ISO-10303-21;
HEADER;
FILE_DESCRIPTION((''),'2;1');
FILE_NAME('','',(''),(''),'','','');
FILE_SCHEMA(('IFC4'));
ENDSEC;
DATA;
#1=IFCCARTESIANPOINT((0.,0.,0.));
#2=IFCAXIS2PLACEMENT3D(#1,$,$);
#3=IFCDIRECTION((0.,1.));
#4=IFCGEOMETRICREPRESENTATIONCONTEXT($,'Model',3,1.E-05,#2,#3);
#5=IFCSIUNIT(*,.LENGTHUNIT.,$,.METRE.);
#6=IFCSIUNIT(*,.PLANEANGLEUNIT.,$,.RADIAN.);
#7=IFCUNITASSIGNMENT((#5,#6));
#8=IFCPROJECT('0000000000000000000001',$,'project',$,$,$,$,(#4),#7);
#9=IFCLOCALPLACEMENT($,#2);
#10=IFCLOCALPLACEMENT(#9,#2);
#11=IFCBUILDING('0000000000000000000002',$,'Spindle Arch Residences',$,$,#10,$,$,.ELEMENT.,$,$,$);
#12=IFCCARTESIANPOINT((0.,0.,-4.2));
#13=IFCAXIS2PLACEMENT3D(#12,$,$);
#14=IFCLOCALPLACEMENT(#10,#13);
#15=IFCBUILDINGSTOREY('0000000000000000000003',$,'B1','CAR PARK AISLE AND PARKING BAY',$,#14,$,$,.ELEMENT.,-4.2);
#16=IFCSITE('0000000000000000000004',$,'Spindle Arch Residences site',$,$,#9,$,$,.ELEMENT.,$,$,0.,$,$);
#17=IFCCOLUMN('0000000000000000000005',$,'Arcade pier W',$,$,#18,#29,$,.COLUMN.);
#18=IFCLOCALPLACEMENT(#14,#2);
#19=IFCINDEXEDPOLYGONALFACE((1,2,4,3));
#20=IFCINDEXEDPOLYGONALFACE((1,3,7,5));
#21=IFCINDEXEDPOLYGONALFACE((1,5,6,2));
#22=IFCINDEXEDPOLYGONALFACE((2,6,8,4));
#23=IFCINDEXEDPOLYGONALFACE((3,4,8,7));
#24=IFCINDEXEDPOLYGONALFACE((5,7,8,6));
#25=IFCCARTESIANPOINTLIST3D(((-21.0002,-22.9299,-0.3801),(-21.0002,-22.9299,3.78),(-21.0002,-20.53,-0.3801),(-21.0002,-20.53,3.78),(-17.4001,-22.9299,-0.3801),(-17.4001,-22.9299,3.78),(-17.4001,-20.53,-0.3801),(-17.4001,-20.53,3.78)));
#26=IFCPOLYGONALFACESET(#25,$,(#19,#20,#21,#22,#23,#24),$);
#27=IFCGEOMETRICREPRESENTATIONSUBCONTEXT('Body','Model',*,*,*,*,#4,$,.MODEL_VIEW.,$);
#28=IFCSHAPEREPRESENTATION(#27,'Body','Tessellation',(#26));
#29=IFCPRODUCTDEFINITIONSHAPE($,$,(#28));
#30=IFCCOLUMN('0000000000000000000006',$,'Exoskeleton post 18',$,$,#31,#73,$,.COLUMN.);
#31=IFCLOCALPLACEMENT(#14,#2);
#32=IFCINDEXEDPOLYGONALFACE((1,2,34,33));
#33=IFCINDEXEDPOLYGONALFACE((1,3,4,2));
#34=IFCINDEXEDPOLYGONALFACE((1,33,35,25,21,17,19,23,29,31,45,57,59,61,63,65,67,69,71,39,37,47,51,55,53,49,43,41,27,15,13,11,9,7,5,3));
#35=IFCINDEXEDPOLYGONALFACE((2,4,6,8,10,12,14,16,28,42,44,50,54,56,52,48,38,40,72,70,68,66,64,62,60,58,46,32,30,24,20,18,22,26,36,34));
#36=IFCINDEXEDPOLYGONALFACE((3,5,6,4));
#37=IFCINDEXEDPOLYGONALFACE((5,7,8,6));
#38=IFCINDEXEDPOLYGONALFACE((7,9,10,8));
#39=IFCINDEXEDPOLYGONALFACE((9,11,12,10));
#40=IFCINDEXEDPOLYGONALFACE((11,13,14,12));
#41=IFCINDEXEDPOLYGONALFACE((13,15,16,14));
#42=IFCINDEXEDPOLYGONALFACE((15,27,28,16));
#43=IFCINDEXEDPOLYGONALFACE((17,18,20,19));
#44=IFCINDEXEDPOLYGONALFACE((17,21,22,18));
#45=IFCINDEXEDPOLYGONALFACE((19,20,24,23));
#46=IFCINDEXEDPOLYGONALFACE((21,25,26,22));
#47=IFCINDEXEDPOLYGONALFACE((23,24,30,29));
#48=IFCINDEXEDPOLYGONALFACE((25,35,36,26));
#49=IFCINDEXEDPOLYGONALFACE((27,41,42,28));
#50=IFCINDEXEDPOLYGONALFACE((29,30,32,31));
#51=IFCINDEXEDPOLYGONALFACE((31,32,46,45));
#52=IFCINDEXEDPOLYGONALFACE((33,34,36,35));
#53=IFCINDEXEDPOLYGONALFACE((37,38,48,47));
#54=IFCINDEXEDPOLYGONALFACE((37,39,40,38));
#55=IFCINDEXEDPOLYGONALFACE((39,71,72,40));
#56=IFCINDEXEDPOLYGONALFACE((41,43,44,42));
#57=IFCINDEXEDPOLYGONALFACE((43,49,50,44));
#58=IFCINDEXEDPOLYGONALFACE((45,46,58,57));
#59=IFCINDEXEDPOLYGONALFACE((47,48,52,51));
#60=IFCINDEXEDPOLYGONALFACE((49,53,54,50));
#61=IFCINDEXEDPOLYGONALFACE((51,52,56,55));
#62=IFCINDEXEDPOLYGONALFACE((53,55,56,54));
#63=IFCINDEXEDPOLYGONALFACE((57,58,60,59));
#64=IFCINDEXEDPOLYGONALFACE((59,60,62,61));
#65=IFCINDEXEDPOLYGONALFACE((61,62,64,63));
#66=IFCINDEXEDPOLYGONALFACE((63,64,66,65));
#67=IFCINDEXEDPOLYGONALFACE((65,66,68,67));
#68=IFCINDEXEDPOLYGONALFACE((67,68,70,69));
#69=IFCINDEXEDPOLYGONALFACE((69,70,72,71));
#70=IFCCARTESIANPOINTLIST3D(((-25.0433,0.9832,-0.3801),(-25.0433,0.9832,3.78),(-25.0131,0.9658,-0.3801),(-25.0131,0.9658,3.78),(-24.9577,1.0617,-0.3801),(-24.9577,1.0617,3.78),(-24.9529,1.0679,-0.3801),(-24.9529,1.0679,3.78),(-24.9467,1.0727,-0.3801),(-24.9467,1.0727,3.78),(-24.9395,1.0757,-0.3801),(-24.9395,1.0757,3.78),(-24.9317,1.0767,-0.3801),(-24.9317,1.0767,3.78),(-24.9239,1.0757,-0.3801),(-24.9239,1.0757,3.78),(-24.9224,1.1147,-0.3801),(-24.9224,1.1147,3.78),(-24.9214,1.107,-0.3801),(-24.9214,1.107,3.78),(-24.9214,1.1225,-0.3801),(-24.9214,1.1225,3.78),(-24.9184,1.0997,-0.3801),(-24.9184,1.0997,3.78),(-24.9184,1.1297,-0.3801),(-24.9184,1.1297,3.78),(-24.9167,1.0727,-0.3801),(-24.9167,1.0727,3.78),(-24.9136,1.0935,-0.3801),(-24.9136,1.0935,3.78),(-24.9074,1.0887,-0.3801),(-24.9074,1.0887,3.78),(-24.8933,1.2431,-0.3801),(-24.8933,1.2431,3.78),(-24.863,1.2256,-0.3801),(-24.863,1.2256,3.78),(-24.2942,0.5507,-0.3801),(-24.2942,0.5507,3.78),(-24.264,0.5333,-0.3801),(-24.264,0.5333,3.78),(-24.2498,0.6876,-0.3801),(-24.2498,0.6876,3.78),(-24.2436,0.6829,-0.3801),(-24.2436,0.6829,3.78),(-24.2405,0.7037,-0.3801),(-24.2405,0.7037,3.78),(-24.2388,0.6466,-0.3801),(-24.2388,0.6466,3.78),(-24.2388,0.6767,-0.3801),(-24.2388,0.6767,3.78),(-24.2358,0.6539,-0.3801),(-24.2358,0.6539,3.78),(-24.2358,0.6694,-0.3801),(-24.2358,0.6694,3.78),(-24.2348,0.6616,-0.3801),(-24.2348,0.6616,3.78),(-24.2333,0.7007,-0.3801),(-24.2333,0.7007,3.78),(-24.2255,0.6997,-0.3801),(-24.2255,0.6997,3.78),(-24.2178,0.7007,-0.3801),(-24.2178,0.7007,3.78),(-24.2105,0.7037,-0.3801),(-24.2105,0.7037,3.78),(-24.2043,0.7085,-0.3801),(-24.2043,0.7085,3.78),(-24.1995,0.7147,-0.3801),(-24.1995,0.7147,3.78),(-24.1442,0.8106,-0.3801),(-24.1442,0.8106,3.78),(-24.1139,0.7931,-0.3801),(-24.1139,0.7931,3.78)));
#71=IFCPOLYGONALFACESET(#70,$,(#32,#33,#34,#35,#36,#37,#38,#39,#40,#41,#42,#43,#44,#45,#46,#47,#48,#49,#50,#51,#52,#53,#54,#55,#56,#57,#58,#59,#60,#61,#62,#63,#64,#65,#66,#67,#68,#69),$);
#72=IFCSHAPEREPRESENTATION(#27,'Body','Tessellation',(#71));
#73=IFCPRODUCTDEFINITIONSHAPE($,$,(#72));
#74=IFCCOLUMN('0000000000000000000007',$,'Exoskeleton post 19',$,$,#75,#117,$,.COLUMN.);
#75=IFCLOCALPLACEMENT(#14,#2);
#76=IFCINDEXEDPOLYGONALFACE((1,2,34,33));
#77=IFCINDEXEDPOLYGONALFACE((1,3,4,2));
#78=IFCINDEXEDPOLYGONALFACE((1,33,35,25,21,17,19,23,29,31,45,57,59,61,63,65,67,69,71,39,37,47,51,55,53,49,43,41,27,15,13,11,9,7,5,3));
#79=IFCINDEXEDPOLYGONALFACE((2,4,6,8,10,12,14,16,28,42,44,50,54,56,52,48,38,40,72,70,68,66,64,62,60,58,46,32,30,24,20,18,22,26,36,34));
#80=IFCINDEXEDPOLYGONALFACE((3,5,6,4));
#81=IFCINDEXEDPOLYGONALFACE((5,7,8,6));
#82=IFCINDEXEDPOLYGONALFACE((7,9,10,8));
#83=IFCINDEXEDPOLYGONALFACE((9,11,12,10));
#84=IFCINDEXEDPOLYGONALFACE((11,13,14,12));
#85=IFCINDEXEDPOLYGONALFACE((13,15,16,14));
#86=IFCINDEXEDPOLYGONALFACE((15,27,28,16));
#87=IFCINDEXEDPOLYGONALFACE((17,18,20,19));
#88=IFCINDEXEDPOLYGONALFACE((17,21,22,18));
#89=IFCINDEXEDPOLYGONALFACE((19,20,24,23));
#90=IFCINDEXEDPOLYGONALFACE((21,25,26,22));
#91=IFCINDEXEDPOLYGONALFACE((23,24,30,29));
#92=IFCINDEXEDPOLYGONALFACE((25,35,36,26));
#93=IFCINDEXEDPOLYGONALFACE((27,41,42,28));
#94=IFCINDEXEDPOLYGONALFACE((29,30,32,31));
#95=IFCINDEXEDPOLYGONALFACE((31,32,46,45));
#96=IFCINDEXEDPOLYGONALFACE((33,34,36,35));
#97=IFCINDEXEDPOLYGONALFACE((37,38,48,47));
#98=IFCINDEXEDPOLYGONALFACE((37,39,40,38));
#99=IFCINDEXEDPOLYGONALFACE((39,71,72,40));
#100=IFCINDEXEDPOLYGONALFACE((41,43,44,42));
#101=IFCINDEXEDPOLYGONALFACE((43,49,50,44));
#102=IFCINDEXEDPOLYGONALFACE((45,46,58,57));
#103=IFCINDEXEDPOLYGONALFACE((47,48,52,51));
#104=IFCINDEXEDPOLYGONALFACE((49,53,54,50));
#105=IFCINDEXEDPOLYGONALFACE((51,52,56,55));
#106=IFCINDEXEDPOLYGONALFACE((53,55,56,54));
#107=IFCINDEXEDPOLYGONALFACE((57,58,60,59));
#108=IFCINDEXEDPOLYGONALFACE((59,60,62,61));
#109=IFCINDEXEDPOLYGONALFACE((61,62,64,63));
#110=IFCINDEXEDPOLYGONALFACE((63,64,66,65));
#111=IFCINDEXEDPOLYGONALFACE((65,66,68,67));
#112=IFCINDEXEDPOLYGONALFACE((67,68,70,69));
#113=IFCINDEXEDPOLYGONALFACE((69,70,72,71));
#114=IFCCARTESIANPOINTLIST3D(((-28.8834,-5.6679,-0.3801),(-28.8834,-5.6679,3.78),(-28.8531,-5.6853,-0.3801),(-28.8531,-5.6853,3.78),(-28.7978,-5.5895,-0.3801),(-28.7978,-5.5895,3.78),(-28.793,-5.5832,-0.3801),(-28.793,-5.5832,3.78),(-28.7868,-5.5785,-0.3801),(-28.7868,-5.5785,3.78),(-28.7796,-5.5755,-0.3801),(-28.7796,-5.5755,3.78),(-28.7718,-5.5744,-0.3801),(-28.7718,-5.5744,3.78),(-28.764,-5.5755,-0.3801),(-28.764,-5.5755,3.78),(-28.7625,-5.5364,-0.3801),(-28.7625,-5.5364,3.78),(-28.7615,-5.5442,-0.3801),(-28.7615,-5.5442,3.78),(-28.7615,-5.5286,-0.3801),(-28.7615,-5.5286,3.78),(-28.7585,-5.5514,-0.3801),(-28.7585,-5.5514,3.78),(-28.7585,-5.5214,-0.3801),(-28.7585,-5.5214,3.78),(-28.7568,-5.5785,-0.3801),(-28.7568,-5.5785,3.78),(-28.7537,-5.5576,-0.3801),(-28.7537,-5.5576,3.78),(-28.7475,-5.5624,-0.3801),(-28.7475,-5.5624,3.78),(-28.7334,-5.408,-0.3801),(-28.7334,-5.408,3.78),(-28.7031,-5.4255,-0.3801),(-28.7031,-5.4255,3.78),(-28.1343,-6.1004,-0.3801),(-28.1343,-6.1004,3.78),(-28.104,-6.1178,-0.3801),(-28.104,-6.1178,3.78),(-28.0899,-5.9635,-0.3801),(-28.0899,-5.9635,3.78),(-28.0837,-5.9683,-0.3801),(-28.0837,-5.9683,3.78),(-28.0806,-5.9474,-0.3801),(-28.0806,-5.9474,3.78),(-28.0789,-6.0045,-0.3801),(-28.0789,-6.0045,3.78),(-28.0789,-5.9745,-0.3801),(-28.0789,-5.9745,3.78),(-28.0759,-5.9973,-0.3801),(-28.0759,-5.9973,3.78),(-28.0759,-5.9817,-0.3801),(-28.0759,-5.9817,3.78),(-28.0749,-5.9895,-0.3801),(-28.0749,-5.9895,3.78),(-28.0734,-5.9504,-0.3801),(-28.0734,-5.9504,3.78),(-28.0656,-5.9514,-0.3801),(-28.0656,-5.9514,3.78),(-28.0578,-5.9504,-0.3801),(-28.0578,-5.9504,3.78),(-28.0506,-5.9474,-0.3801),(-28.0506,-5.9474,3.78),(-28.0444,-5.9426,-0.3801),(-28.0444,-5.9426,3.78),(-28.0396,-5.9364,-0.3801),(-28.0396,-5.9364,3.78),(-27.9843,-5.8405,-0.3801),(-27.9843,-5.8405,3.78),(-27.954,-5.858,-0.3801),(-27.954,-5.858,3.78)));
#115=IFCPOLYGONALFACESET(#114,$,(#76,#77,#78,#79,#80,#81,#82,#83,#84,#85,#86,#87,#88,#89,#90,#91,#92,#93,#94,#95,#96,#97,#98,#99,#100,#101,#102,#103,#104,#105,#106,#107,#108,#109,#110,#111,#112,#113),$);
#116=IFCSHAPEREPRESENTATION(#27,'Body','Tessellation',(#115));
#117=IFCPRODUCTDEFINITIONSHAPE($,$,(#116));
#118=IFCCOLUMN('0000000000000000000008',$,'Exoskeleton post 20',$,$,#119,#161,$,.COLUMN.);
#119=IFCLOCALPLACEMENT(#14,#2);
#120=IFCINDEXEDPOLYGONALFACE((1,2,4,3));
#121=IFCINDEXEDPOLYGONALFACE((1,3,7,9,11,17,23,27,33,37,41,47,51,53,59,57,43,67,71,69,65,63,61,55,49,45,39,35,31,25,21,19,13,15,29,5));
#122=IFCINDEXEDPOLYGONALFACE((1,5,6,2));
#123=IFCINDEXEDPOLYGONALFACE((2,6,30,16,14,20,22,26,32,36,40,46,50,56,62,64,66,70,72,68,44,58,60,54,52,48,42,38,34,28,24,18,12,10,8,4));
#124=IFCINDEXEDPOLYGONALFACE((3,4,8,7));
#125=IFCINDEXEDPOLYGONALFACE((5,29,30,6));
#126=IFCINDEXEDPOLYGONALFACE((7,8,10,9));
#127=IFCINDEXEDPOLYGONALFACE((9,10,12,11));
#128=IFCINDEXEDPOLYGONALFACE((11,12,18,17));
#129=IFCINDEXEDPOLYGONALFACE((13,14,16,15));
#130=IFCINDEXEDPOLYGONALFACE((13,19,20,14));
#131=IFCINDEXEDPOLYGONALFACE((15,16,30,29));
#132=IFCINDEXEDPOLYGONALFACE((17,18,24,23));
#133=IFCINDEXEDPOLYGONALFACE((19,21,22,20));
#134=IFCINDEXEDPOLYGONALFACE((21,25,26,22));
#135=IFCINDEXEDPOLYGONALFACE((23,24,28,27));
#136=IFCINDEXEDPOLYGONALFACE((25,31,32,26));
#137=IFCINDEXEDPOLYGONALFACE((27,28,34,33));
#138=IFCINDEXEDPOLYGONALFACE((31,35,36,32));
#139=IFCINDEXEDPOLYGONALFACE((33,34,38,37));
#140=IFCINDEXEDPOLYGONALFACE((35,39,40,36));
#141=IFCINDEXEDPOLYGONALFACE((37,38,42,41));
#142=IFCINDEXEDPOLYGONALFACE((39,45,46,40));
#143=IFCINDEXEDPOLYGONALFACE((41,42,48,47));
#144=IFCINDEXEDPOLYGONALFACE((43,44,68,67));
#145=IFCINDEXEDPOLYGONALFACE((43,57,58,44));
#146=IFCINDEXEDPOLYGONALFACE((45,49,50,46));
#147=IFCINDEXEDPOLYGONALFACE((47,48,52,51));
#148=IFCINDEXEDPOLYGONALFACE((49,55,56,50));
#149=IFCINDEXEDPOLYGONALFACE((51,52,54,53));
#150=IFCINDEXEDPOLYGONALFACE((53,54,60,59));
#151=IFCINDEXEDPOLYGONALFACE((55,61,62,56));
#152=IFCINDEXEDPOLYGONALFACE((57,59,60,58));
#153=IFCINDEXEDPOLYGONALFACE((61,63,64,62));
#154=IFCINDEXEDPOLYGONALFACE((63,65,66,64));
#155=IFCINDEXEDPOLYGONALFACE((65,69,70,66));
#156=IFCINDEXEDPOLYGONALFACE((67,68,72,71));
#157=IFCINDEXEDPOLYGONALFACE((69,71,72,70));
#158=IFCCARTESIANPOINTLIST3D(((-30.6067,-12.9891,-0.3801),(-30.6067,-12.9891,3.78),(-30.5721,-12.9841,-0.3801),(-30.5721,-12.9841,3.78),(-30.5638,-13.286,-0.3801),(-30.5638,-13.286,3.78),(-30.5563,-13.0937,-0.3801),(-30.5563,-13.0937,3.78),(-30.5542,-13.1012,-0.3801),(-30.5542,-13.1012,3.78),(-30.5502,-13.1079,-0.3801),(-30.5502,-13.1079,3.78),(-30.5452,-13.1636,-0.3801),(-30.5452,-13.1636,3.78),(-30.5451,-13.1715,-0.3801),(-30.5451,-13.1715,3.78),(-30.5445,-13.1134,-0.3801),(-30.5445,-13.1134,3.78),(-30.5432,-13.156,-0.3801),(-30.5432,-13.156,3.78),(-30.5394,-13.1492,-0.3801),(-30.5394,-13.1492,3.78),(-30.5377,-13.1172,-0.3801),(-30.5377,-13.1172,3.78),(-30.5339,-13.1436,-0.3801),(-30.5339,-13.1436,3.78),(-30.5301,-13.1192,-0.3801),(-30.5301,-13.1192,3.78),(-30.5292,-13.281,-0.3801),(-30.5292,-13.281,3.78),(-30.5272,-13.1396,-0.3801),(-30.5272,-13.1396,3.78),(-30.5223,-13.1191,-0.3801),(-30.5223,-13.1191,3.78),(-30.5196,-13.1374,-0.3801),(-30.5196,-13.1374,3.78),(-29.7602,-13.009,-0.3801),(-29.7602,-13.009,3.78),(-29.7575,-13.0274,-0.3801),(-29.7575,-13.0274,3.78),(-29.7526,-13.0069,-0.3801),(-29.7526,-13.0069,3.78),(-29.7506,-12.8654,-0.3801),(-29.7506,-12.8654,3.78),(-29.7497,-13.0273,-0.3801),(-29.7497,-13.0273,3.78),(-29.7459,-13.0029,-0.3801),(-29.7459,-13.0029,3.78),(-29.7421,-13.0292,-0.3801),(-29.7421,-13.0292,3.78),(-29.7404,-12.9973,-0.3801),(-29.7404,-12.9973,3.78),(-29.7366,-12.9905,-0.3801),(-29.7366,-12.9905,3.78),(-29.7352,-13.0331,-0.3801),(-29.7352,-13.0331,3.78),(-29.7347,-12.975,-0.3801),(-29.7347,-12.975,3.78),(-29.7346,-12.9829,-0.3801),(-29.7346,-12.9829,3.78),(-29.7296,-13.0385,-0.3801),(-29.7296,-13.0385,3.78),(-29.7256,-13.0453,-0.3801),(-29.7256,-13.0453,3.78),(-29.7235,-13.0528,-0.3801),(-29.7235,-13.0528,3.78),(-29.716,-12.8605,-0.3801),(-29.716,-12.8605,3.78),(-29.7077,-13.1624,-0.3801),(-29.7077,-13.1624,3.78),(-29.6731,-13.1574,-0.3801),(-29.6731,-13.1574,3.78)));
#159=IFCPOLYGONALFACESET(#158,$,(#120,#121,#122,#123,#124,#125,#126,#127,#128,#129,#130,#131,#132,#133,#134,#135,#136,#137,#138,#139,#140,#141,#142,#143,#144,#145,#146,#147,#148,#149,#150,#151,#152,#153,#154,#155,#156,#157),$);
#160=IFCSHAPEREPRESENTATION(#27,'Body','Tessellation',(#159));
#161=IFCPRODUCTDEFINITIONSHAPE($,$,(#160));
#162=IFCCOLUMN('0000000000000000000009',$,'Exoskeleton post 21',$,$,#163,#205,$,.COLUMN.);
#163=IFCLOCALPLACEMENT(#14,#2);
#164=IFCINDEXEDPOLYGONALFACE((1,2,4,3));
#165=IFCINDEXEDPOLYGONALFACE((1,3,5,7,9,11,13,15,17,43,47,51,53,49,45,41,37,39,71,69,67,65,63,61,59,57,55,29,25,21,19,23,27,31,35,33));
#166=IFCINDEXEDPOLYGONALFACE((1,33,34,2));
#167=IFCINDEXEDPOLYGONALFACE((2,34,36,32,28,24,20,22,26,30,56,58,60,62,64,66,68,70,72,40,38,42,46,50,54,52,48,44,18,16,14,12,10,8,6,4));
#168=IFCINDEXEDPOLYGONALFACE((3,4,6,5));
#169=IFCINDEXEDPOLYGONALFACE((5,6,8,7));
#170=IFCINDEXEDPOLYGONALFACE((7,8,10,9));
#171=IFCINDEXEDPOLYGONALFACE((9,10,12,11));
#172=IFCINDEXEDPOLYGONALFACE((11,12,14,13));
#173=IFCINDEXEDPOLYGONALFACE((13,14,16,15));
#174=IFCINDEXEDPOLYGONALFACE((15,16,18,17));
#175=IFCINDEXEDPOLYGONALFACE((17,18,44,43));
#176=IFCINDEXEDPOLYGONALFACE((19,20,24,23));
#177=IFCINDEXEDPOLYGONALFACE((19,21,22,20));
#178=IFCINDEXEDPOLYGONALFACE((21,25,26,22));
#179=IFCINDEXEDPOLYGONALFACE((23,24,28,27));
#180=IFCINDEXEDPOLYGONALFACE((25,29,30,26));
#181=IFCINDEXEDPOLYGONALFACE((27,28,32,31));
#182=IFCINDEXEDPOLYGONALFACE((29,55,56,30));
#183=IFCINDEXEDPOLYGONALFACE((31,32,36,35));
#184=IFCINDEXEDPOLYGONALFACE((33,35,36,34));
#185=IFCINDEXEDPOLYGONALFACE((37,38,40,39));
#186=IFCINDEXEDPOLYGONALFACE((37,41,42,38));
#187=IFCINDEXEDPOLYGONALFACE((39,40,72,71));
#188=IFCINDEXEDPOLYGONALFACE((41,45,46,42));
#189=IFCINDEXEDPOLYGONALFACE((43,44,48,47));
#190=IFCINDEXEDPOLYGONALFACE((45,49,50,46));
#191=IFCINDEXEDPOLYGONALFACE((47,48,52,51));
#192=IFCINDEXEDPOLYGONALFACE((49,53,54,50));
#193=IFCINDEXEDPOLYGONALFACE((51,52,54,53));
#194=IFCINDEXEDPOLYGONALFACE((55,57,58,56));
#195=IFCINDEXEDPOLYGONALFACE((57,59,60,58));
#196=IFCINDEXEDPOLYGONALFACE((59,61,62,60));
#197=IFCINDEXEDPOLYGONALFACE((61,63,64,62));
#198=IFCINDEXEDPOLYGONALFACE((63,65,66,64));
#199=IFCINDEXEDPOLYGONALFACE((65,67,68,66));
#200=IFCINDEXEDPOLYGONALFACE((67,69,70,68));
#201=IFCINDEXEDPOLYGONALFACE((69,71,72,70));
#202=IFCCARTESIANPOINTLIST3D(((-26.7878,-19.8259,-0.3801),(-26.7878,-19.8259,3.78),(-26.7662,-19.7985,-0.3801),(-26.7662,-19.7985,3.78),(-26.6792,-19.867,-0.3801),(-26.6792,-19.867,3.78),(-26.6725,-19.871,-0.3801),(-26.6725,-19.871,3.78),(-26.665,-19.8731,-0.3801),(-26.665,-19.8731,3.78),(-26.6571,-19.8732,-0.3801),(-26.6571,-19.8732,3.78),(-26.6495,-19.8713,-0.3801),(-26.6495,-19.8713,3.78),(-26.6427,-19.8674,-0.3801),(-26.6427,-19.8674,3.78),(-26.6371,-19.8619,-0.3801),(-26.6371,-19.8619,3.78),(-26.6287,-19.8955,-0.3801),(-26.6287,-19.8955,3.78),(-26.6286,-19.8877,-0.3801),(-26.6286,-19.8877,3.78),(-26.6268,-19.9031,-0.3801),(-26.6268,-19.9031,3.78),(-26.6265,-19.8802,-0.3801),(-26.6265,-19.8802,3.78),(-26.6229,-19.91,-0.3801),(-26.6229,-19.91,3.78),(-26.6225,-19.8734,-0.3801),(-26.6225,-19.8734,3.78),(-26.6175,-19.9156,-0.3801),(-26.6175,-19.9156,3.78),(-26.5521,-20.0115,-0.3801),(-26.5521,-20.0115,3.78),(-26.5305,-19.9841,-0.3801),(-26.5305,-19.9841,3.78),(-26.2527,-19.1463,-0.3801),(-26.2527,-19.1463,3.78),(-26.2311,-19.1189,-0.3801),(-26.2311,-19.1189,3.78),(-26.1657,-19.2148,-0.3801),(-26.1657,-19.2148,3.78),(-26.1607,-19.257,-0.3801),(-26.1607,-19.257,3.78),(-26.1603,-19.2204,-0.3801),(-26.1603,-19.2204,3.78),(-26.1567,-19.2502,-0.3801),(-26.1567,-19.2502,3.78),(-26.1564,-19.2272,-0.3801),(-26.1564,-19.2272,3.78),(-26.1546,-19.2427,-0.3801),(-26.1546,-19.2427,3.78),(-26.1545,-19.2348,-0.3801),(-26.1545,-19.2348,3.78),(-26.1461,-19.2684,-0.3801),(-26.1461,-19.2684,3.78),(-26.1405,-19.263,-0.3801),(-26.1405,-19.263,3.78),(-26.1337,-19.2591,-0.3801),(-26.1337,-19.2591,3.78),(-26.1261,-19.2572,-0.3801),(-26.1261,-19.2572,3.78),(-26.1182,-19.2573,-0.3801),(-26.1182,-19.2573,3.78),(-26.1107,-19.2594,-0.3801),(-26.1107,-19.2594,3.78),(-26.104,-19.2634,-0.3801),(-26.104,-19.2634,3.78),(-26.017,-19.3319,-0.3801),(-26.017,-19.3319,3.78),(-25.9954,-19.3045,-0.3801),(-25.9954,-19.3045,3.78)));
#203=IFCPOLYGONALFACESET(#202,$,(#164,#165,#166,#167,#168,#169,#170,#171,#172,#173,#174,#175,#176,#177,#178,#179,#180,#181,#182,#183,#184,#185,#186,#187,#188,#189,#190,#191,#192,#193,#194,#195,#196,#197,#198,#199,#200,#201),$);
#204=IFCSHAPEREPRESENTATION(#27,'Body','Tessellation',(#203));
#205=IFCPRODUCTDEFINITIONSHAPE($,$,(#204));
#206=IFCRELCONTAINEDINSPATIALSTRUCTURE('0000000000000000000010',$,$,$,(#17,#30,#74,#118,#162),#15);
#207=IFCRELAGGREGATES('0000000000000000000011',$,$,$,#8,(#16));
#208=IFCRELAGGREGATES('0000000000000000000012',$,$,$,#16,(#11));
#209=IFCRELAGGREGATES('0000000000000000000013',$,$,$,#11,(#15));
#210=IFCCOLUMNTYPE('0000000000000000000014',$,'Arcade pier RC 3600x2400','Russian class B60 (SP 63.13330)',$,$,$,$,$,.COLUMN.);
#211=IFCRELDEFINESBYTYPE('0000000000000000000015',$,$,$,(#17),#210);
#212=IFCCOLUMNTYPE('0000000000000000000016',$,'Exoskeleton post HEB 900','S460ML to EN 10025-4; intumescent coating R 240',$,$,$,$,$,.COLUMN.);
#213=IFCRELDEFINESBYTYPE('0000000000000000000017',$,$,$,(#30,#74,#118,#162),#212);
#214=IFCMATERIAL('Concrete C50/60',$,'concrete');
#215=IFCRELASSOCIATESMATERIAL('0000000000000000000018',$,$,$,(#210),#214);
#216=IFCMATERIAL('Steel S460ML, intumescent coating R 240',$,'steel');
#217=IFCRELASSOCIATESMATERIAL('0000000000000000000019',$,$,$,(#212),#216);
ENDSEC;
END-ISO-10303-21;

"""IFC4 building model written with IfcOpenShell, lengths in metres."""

from ifc_helpers import new_model, si_unit, direction, frame, origin, origin_2d, place, context, subcontext, project, spatial, rectangle, i_section, extrude, material, material_profile, profile_set, type_object, element, save


model = new_model("IFC4")

# Units and contexts
model_context = context("Model", 3, precision=1e-05, world=origin(), true_north=direction((0.0, 1.0)))
body_context = subcontext(model_context, "Body", "Model", "MODEL_VIEW")
ifc_project = project(units=[si_unit("LENGTHUNIT", "METRE"), si_unit("PLANEANGLEUNIT", "RADIAN")], contexts=[model_context])

# Site, building, storey
site_placement = place(None, origin())
site = spatial("IfcSite", under=ifc_project, at=site_placement, Name="Spindle Arch Residences site", CompositionType="ELEMENT", RefElevation=0.0)
building_placement = place(site_placement, origin())
building = spatial("IfcBuilding", under=site, at=building_placement, Name="Spindle Arch Residences", CompositionType="ELEMENT")
storey_placement = place(building_placement, frame((0.0, 0.0, -4.2)))
storey = spatial("IfcBuildingStorey", under=building, at=storey_placement, Name="B1", Description="CAR PARK AISLE AND PARKING BAY", CompositionType="ELEMENT", Elevation=-4.2)

# Columns
ifc_material_1 = material(Name="Concrete C50/60", Category="concrete")
ifc_material_profile_1 = material_profile(ifc_material_1, rectangle(XDim=3.6001, YDim=2.3999, at=origin_2d()), Name="RC 3600x2400")
ifc_profile_set_1 = profile_set([ifc_material_profile_1], Name="Concrete C50/60")
column_type_1 = type_object("IfcColumnType", Name="Arcade pier RC 3600x2400", Description="Russian class B60 (SP 63.13330)", PredefinedType="COLUMN", material=ifc_profile_set_1)
column_1_placement = place(storey_placement, frame((-19.2002, -21.73, -0.3801), z_axis=(0.0, 0.0, 1.0), x_axis=(1.0, 0.0, 0.0)))
element("IfcColumn", 1, at=column_1_placement, inside=storey, type_object=column_type_1, Name="Arcade pier W", PredefinedType="COLUMN", context=body_context, shape_type="SweptSolid", body=[
    extrude(rectangle(XDim=3.6001, YDim=2.3999, at=origin_2d()), origin(), (0.0, 0.0, 1.0), 4.1602),
])
ifc_material_2 = material(Name="Steel S460ML, intumescent coating R 240", Category="steel")
ifc_material_profile_2 = material_profile(ifc_material_2, i_section(OverallWidth=0.3, OverallDepth=0.8999, WebThickness=0.0186, FlangeThickness=0.0349, FilletRadius=0.03, at=origin_2d()), Name="HEB 900")
ifc_profile_set_2 = profile_set([ifc_material_profile_2], Name="Steel S460ML, intumescent coating R 240")
column_type_2 = type_object("IfcColumnType", Name="Exoskeleton post HEB 900", Description="S460ML to EN 10025-4; intumescent coating R 240", PredefinedType="COLUMN", material=ifc_profile_set_2)
for number, where, z_axis, x_axis, name in (
    (2, (-24.5786, 0.8882, -0.3801), (0.0, 0.0, 1.0), (0.5, 0.866025, 0.0), "Exoskeleton post 18"),
    (3, (-28.4187, -5.7629, -0.3801), (0.0, 0.0, 1.0), (0.5, 0.866025, 0.0), "Exoskeleton post 19"),
    (4, (-30.1399, -13.0732, -0.3801), (0.0, 0.0, 1.0), (-0.142906, 0.989736, 0.0), "Exoskeleton post 20"),
    (5, (-26.3916, -19.5652, -0.3801), (0.0, 0.0, 1.0), (-0.785684, 0.618629, 0.0), "Exoskeleton post 21"),
):
    element("IfcColumn", number, at=place(storey_placement, frame(where, z_axis=z_axis, x_axis=x_axis)), inside=storey, type_object=column_type_2, Name=name, PredefinedType="COLUMN", context=body_context, shape_type="SweptSolid", body=[
        extrude(i_section(OverallWidth=0.3, OverallDepth=0.8999, WebThickness=0.0186, FlangeThickness=0.0349, FilletRadius=0.03, at=origin_2d()), origin(), (0.0, 0.0, 1.0), 4.1602),
    ])

save(model, "model.ifc")
